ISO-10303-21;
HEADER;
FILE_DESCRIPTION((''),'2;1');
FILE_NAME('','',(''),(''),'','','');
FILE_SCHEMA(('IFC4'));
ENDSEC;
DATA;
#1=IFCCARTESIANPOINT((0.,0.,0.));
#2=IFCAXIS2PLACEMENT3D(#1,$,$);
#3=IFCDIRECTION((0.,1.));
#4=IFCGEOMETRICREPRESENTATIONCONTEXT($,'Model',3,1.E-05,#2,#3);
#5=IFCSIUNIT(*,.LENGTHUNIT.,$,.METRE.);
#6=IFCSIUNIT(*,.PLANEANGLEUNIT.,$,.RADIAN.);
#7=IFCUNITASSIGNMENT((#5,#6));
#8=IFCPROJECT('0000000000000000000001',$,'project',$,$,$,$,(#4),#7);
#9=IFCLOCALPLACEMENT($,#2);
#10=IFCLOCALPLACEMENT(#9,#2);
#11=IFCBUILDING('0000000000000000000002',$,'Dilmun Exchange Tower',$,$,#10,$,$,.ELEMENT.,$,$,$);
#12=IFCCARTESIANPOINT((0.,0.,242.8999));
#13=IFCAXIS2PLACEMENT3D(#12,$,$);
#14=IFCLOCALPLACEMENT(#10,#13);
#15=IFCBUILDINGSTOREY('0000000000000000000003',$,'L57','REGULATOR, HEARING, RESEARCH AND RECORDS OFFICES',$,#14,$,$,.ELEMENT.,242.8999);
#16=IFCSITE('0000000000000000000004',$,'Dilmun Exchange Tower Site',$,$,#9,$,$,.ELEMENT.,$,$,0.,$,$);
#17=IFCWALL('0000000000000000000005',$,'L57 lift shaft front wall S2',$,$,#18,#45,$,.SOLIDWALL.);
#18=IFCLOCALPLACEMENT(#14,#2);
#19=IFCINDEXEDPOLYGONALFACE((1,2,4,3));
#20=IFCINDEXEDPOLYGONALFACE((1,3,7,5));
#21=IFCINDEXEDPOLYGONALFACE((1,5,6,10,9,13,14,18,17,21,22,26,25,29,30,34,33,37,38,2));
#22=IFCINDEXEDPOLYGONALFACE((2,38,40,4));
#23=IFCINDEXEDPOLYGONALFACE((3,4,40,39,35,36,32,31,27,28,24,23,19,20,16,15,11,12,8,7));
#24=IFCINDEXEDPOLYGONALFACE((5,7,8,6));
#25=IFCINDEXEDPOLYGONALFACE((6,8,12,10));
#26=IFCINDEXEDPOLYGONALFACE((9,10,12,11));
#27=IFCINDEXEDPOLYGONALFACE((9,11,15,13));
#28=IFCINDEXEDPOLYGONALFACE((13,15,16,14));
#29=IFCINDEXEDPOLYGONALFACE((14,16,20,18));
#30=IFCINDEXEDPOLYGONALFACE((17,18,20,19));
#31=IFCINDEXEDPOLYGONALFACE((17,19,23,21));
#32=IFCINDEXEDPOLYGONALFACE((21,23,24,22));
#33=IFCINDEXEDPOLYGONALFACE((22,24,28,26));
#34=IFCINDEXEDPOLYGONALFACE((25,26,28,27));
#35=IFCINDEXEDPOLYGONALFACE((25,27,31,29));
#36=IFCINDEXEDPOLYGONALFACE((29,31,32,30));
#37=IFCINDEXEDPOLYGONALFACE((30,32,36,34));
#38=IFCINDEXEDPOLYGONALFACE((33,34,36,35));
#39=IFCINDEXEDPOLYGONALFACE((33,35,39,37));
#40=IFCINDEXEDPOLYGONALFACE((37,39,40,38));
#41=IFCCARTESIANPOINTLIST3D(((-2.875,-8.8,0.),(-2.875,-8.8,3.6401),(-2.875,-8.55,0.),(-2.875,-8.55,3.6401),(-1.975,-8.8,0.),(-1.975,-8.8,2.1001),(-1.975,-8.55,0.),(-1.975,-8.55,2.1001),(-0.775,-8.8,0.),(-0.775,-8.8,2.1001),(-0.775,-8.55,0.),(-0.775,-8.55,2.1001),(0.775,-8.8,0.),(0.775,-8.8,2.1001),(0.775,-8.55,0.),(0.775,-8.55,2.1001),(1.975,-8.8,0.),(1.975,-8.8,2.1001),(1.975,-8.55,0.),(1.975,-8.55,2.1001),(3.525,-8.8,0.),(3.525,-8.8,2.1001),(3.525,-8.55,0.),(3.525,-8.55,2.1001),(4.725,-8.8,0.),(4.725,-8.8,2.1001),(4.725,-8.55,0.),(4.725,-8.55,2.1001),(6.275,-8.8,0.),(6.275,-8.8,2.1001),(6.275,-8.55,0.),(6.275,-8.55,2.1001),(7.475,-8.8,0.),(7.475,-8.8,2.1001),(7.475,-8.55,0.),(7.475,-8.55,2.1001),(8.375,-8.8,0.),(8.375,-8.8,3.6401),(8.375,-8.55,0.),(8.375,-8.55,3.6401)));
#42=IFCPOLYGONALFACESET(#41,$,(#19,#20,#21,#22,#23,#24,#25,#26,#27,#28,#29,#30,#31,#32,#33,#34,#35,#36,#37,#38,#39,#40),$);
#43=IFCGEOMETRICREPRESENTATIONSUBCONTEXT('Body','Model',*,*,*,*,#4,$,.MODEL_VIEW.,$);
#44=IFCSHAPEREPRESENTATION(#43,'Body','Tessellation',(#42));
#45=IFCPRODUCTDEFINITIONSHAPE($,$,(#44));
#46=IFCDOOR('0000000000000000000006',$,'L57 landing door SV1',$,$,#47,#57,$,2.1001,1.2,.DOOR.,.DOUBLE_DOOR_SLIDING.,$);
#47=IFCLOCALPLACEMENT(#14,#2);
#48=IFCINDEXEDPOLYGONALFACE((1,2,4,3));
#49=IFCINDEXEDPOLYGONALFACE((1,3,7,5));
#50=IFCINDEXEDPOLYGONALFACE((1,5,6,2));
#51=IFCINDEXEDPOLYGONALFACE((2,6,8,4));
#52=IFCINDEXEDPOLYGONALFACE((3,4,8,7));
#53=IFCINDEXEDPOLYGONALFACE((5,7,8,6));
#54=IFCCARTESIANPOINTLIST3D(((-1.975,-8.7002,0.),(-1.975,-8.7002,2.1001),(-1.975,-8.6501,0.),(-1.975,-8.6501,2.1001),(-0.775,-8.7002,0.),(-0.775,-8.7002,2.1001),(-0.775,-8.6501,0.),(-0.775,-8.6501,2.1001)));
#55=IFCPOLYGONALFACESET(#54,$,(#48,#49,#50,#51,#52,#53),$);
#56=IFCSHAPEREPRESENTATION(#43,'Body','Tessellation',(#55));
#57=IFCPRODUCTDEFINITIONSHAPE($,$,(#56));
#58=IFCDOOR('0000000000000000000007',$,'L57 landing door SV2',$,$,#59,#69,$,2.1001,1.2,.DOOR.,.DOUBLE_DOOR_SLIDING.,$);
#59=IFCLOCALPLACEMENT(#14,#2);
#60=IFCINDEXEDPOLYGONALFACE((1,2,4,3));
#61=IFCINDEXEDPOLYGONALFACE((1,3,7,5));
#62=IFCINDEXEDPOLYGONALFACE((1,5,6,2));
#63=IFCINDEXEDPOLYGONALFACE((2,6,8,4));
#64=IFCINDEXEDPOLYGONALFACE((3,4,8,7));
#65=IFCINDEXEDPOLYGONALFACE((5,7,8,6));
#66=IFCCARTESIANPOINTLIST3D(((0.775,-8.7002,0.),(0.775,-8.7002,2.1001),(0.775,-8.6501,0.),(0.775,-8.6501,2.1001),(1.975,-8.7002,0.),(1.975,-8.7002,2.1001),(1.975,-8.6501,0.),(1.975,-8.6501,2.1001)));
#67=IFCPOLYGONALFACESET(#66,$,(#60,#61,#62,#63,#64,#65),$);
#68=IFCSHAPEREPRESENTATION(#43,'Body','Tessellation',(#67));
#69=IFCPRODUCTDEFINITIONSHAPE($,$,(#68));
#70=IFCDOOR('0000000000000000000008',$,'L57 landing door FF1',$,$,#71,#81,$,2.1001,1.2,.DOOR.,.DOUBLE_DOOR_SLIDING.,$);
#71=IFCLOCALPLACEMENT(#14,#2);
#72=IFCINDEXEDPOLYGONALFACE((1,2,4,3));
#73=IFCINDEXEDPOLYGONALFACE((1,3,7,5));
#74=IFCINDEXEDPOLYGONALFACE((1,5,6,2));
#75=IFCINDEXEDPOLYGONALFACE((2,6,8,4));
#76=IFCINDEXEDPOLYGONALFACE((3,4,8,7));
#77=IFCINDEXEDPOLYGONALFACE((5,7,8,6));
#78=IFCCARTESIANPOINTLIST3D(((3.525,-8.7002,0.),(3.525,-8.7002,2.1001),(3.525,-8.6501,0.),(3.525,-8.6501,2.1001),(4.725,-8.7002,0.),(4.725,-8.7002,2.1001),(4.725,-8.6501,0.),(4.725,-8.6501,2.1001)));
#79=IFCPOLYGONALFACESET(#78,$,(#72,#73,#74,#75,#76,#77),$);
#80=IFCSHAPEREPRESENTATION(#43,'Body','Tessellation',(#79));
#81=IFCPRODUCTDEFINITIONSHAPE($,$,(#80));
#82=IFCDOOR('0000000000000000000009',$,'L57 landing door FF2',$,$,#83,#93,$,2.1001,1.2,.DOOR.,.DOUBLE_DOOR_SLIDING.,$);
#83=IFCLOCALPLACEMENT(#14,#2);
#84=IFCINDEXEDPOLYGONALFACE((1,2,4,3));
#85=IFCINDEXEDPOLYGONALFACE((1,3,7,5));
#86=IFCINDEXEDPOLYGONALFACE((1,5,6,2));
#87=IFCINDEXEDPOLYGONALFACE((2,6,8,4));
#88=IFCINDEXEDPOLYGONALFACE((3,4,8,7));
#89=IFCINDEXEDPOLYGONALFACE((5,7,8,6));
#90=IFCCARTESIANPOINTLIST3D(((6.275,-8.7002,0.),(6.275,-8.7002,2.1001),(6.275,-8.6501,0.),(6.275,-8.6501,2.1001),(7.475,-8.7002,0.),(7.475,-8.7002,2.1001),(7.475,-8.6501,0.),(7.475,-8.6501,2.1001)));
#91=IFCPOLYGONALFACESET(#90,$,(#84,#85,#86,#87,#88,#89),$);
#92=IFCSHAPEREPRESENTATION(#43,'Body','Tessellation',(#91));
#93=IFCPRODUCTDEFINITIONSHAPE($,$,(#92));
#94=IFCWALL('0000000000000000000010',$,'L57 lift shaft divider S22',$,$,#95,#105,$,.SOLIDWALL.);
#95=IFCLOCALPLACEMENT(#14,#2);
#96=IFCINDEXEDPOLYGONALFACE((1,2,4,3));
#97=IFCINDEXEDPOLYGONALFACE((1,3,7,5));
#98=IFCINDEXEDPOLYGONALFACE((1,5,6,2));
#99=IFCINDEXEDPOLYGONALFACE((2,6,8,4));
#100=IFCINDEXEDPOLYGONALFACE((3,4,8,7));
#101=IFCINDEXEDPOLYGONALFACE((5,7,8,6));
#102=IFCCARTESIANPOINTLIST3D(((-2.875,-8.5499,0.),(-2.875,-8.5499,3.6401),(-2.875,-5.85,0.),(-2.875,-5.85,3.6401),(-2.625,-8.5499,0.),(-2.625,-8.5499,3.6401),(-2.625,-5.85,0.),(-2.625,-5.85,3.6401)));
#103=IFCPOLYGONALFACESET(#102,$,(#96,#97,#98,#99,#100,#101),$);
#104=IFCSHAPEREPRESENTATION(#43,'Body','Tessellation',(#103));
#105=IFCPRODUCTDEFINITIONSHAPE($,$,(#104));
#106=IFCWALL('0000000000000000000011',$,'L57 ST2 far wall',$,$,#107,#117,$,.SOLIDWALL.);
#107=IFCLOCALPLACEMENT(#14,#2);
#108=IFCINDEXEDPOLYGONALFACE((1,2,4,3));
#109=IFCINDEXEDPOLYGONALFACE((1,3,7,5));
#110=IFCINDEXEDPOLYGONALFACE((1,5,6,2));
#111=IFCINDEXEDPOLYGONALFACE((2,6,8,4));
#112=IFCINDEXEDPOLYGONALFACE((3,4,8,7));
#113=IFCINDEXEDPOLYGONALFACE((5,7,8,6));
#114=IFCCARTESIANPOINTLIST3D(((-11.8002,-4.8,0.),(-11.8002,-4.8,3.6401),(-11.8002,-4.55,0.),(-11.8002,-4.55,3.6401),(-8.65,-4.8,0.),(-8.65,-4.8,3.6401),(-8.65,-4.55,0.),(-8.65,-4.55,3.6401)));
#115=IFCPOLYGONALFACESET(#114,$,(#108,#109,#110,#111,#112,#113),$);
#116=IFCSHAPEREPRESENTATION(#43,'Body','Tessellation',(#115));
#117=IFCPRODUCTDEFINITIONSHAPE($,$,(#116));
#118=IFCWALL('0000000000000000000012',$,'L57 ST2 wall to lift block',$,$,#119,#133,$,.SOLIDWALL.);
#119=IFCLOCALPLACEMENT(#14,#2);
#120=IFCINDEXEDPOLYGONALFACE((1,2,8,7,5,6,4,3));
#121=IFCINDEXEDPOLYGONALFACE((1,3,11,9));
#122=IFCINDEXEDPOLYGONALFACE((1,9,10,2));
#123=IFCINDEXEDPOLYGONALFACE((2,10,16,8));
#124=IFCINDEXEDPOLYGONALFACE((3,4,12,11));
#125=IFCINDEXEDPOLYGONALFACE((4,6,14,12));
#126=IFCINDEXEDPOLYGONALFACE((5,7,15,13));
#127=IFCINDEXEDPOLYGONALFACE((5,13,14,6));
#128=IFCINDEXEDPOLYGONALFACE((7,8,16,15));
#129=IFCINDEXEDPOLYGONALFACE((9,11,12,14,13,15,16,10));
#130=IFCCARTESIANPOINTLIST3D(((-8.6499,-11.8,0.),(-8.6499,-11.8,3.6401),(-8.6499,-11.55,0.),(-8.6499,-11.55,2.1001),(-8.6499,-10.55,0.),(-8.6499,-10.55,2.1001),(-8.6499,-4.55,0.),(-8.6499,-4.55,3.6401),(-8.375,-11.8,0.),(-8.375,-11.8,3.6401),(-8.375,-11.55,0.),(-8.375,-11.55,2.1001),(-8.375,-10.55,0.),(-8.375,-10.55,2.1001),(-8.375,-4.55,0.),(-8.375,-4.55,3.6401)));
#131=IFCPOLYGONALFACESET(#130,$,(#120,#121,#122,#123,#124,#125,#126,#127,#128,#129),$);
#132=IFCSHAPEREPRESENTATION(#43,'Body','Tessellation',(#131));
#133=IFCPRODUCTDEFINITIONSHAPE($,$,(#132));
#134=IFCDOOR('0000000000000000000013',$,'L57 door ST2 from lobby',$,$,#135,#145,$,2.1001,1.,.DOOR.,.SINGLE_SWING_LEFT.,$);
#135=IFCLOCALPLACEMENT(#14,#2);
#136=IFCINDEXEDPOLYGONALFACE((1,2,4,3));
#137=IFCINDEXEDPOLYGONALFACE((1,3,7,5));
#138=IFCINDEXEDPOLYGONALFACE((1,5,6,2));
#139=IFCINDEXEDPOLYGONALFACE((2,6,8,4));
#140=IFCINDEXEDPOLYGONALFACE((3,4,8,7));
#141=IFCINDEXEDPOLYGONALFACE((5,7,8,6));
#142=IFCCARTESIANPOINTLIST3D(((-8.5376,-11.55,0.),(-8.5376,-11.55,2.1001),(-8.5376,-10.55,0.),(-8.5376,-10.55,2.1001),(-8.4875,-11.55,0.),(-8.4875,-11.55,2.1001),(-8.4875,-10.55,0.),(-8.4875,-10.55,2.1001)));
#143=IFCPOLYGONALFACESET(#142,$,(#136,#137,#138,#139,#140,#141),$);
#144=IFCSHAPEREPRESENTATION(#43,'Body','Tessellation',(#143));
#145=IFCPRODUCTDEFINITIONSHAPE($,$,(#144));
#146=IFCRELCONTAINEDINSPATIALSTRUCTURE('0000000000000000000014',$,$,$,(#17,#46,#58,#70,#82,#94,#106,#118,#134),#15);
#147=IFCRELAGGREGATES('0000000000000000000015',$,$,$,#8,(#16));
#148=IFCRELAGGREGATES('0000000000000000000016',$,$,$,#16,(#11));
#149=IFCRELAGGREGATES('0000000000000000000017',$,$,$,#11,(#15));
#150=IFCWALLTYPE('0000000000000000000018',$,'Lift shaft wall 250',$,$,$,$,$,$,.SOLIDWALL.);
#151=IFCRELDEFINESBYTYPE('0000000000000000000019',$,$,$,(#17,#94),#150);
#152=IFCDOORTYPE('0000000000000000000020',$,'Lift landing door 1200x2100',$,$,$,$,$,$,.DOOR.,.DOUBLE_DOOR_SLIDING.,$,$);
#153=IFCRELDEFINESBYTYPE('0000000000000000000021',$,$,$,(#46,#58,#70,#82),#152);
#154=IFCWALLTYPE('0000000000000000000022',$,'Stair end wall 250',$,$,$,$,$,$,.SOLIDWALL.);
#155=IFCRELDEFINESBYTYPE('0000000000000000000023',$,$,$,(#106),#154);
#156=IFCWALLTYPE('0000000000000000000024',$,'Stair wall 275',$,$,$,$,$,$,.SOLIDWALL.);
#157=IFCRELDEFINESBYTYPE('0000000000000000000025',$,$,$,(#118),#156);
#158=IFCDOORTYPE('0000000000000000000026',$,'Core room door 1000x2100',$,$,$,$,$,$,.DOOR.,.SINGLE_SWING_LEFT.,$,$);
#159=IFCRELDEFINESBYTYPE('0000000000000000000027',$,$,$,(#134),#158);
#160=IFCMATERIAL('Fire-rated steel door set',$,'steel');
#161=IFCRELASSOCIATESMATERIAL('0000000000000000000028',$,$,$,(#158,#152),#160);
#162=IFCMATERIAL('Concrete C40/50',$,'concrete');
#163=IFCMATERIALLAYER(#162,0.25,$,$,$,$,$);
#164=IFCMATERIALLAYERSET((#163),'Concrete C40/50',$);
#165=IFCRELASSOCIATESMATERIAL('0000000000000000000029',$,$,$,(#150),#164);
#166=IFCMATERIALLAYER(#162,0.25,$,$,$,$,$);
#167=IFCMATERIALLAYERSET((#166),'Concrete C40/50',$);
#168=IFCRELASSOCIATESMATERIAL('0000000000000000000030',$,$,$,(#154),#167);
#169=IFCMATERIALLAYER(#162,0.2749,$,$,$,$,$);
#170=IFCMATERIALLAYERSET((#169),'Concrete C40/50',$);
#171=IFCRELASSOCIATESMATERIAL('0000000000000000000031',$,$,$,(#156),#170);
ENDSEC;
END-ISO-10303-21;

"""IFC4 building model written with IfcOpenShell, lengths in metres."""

from ifc_helpers import new_model, si_unit, direction, frame, frame_2d, origin, place, context, subcontext, project, spatial, rectangle, extrude, material, layer, layer_set, type_object, element, fill, save


model = new_model("IFC4")

# Units and contexts
model_context = context("Model", 3, precision=1e-05, world=origin(), true_north=direction((0.0, 1.0)))
body_context = subcontext(model_context, "Body", "Model", "MODEL_VIEW")
ifc_project = project(units=[si_unit("LENGTHUNIT", "METRE"), si_unit("PLANEANGLEUNIT", "RADIAN")], contexts=[model_context])

# Site, building, storey
site_placement = place(None, origin())
site = spatial("IfcSite", under=ifc_project, at=site_placement, Name="Dilmun Exchange Tower Site", CompositionType="ELEMENT", RefElevation=0.0)
building_placement = place(site_placement, origin())
building = spatial("IfcBuilding", under=site, at=building_placement, Name="Dilmun Exchange Tower", CompositionType="ELEMENT")
storey_placement = place(building_placement, frame((0.0, 0.0, 242.8999)))
storey = spatial("IfcBuildingStorey", under=building, at=storey_placement, Name="L57", Description="REGULATOR, HEARING, RESEARCH AND RECORDS OFFICES", CompositionType="ELEMENT", Elevation=242.8999)

# Shared definitions
ifc_material_1 = material(Name="Concrete C40/50", Category="concrete")

# Shared definitions
ifc_material_2 = material(Name="Fire-rated steel door set", Category="steel")
door_type_1 = type_object("IfcDoorType", Name="Core room door 1000x2100", OperationType="SINGLE_SWING_LEFT", PredefinedType="DOOR", material=ifc_material_2)

# Wall, openings, doors
ifc_layer_1 = layer(ifc_material_1, 0.25)
ifc_layer_set_1 = layer_set([ifc_layer_1], Name="Concrete C40/50")
wall_type_1 = type_object("IfcWallType", Name="Lift shaft wall 250", PredefinedType="SOLIDWALL", material=ifc_layer_set_1)
wall_1_placement = place(storey_placement, frame((-2.875, -8.675, 0.0), z_axis=(0.0, 0.0, 1.0), x_axis=(1.0, 0.0, 0.0)))
wall_1 = element("IfcWall", 1, at=wall_1_placement, inside=storey, type_object=wall_type_1, Name="L57 lift shaft front wall S2", PredefinedType="SOLIDWALL", context=body_context, shape_type="SweptSolid", body=[
    extrude(rectangle(XDim=11.25, YDim=0.25, at=frame_2d((5.625, 0.0))), origin(), (0.0, 0.0, 1.0), 3.6401),
])
opening_1_placement = place(wall_1_placement, frame((0.8999, 0.0, 0.0)))
opening_1 = element("IfcOpeningElement", 2, at=opening_1_placement, cuts=wall_1, PredefinedType="OPENING", context=body_context, shape_type="SweptSolid", body=[
    extrude(rectangle(XDim=1.2, YDim=2.1001, at=frame_2d((0.6001, 1.05))), frame((0.0, 0.135, 0.0), z_axis=(0.0, -1.0, 0.0), x_axis=(1.0, 0.0, 0.0)), (0.0, 0.0, 1.0), 0.27),
])
opening_2_placement = place(wall_1_placement, frame((3.6499, 0.0, 0.0)))
opening_2 = element("IfcOpeningElement", 3, at=opening_2_placement, cuts=wall_1, PredefinedType="OPENING", context=body_context, shape_type="SweptSolid", body=[
    extrude(rectangle(XDim=1.2, YDim=2.1001, at=frame_2d((0.6001, 1.05))), frame((0.0, 0.135, 0.0), z_axis=(0.0, -1.0, 0.0), x_axis=(1.0, 0.0, 0.0)), (0.0, 0.0, 1.0), 0.27),
])
opening_3_placement = place(wall_1_placement, frame((6.3999, 0.0, 0.0)))
opening_3 = element("IfcOpeningElement", 4, at=opening_3_placement, cuts=wall_1, PredefinedType="OPENING", context=body_context, shape_type="SweptSolid", body=[
    extrude(rectangle(XDim=1.2, YDim=2.1001, at=frame_2d((0.6001, 1.05))), frame((0.0, 0.135, 0.0), z_axis=(0.0, -1.0, 0.0), x_axis=(1.0, 0.0, 0.0)), (0.0, 0.0, 1.0), 0.27),
])
opening_4_placement = place(wall_1_placement, frame((9.1499, 0.0, 0.0)))
opening_4 = element("IfcOpeningElement", 5, at=opening_4_placement, cuts=wall_1, PredefinedType="OPENING", context=body_context, shape_type="SweptSolid", body=[
    extrude(rectangle(XDim=1.2, YDim=2.1001, at=frame_2d((0.6001, 1.05))), frame((0.0, 0.135, 0.0), z_axis=(0.0, -1.0, 0.0), x_axis=(1.0, 0.0, 0.0)), (0.0, 0.0, 1.0), 0.27),
])
door_type_2 = type_object("IfcDoorType", Name="Lift landing door 1200x2100", OperationType="DOUBLE_DOOR_SLIDING", PredefinedType="DOOR", material=ifc_material_2)
door_1_placement = place(opening_1_placement, origin())
door_1 = element("IfcDoor", 6, at=door_1_placement, inside=storey, type_object=door_type_2, Name="L57 landing door SV1", OperationType="DOUBLE_DOOR_SLIDING", OverallHeight=2.1001, OverallWidth=1.2, PredefinedType="DOOR", context=body_context, shape_type="SweptSolid", body=[
    extrude(rectangle(XDim=1.2, YDim=2.1001, at=frame_2d((0.6001, 1.05))), frame((0.0, 0.0249, 0.0), z_axis=(0.0, -1.0, 0.0), x_axis=(1.0, 0.0, 0.0)), (0.0, 0.0, 1.0), 0.05),
])
fill(opening_1, door_1)
door_2_placement = place(opening_2_placement, origin())
door_2 = element("IfcDoor", 7, at=door_2_placement, inside=storey, type_object=door_type_2, Name="L57 landing door SV2", OperationType="DOUBLE_DOOR_SLIDING", OverallHeight=2.1001, OverallWidth=1.2, PredefinedType="DOOR", context=body_context, shape_type="SweptSolid", body=[
    extrude(rectangle(XDim=1.2, YDim=2.1001, at=frame_2d((0.6001, 1.05))), frame((0.0, 0.0249, 0.0), z_axis=(0.0, -1.0, 0.0), x_axis=(1.0, 0.0, 0.0)), (0.0, 0.0, 1.0), 0.05),
])
fill(opening_2, door_2)
door_3_placement = place(opening_3_placement, origin())
door_3 = element("IfcDoor", 8, at=door_3_placement, inside=storey, type_object=door_type_2, Name="L57 landing door FF1", OperationType="DOUBLE_DOOR_SLIDING", OverallHeight=2.1001, OverallWidth=1.2, PredefinedType="DOOR", context=body_context, shape_type="SweptSolid", body=[
    extrude(rectangle(XDim=1.2, YDim=2.1001, at=frame_2d((0.6001, 1.05))), frame((0.0, 0.0249, 0.0), z_axis=(0.0, -1.0, 0.0), x_axis=(1.0, 0.0, 0.0)), (0.0, 0.0, 1.0), 0.05),
])
fill(opening_3, door_3)
door_4_placement = place(opening_4_placement, origin())
door_4 = element("IfcDoor", 9, at=door_4_placement, inside=storey, type_object=door_type_2, Name="L57 landing door FF2", OperationType="DOUBLE_DOOR_SLIDING", OverallHeight=2.1001, OverallWidth=1.2, PredefinedType="DOOR", context=body_context, shape_type="SweptSolid", body=[
    extrude(rectangle(XDim=1.2, YDim=2.1001, at=frame_2d((0.6001, 1.05))), frame((0.0, 0.0249, 0.0), z_axis=(0.0, -1.0, 0.0), x_axis=(1.0, 0.0, 0.0)), (0.0, 0.0, 1.0), 0.05),
])
fill(opening_4, door_4)

# Walls
wall_2_placement = place(storey_placement, frame((-2.75, -8.55, 0.0), z_axis=(0.0, 0.0, 1.0), x_axis=(0.0, 1.0, 0.0)))
element("IfcWall", 10, at=wall_2_placement, inside=storey, type_object=wall_type_1, Name="L57 lift shaft divider S22", PredefinedType="SOLIDWALL", context=body_context, shape_type="SweptSolid", body=[
    extrude(rectangle(XDim=2.7, YDim=0.25, at=frame_2d((1.3501, 0.0))), origin(), (0.0, 0.0, 1.0), 3.6401),
])
ifc_layer_2 = layer(ifc_material_1, 0.25)
ifc_layer_set_2 = layer_set([ifc_layer_2], Name="Concrete C40/50")
wall_type_2 = type_object("IfcWallType", Name="Stair end wall 250", PredefinedType="SOLIDWALL", material=ifc_layer_set_2)
wall_3_placement = place(storey_placement, frame((-8.6499, -4.675, 0.0), z_axis=(0.0, 0.0, 1.0), x_axis=(-1.0, 0.0, 0.0)))
element("IfcWall", 11, at=wall_3_placement, inside=storey, type_object=wall_type_2, Name="L57 ST2 far wall", PredefinedType="SOLIDWALL", context=body_context, shape_type="SweptSolid", body=[
    extrude(rectangle(XDim=3.1501, YDim=0.25, at=frame_2d((1.5752, 0.0))), origin(), (0.0, 0.0, 1.0), 3.6401),
])

# Wall, opening, door
ifc_layer_3 = layer(ifc_material_1, 0.2749)
ifc_layer_set_3 = layer_set([ifc_layer_3], Name="Concrete C40/50")
wall_type_3 = type_object("IfcWallType", Name="Stair wall 275", PredefinedType="SOLIDWALL", material=ifc_layer_set_3)
wall_4_placement = place(storey_placement, frame((-8.5125, -4.55, 0.0), z_axis=(0.0, 0.0, 1.0), x_axis=(0.0, -1.0, 0.0)))
wall_4 = element("IfcWall", 12, at=wall_4_placement, inside=storey, type_object=wall_type_3, Name="L57 ST2 wall to lift block", PredefinedType="SOLIDWALL", context=body_context, shape_type="SweptSolid", body=[
    extrude(rectangle(XDim=7.25, YDim=0.2749, at=frame_2d((3.625, 0.0))), origin(), (0.0, 0.0, 1.0), 3.6401),
])
opening_5_placement = place(wall_4_placement, frame((6.0, 0.0, 0.0)))
opening_5 = element("IfcOpeningElement", 13, at=opening_5_placement, cuts=wall_4, PredefinedType="OPENING", context=body_context, shape_type="SweptSolid", body=[
    extrude(rectangle(XDim=1.0, YDim=2.1001, at=frame_2d((0.5, 1.05))), frame((0.0, 0.1475, 0.0), z_axis=(0.0, -1.0, 0.0), x_axis=(1.0, 0.0, 0.0)), (0.0, 0.0, 1.0), 0.2949),
])
door_5_placement = place(opening_5_placement, origin())
door_5 = element("IfcDoor", 14, at=door_5_placement, inside=storey, type_object=door_type_1, Name="L57 door ST2 from lobby", OperationType="SINGLE_SWING_LEFT", OverallHeight=2.1001, OverallWidth=1.0, PredefinedType="DOOR", context=body_context, shape_type="SweptSolid", body=[
    extrude(rectangle(XDim=1.0, YDim=2.1001, at=frame_2d((0.5, 1.05))), frame((0.0, 0.0249, 0.0), z_axis=(0.0, -1.0, 0.0), x_axis=(1.0, 0.0, 0.0)), (0.0, 0.0, 1.0), 0.05),
])
fill(opening_5, door_5)

save(model, "model.ifc")
